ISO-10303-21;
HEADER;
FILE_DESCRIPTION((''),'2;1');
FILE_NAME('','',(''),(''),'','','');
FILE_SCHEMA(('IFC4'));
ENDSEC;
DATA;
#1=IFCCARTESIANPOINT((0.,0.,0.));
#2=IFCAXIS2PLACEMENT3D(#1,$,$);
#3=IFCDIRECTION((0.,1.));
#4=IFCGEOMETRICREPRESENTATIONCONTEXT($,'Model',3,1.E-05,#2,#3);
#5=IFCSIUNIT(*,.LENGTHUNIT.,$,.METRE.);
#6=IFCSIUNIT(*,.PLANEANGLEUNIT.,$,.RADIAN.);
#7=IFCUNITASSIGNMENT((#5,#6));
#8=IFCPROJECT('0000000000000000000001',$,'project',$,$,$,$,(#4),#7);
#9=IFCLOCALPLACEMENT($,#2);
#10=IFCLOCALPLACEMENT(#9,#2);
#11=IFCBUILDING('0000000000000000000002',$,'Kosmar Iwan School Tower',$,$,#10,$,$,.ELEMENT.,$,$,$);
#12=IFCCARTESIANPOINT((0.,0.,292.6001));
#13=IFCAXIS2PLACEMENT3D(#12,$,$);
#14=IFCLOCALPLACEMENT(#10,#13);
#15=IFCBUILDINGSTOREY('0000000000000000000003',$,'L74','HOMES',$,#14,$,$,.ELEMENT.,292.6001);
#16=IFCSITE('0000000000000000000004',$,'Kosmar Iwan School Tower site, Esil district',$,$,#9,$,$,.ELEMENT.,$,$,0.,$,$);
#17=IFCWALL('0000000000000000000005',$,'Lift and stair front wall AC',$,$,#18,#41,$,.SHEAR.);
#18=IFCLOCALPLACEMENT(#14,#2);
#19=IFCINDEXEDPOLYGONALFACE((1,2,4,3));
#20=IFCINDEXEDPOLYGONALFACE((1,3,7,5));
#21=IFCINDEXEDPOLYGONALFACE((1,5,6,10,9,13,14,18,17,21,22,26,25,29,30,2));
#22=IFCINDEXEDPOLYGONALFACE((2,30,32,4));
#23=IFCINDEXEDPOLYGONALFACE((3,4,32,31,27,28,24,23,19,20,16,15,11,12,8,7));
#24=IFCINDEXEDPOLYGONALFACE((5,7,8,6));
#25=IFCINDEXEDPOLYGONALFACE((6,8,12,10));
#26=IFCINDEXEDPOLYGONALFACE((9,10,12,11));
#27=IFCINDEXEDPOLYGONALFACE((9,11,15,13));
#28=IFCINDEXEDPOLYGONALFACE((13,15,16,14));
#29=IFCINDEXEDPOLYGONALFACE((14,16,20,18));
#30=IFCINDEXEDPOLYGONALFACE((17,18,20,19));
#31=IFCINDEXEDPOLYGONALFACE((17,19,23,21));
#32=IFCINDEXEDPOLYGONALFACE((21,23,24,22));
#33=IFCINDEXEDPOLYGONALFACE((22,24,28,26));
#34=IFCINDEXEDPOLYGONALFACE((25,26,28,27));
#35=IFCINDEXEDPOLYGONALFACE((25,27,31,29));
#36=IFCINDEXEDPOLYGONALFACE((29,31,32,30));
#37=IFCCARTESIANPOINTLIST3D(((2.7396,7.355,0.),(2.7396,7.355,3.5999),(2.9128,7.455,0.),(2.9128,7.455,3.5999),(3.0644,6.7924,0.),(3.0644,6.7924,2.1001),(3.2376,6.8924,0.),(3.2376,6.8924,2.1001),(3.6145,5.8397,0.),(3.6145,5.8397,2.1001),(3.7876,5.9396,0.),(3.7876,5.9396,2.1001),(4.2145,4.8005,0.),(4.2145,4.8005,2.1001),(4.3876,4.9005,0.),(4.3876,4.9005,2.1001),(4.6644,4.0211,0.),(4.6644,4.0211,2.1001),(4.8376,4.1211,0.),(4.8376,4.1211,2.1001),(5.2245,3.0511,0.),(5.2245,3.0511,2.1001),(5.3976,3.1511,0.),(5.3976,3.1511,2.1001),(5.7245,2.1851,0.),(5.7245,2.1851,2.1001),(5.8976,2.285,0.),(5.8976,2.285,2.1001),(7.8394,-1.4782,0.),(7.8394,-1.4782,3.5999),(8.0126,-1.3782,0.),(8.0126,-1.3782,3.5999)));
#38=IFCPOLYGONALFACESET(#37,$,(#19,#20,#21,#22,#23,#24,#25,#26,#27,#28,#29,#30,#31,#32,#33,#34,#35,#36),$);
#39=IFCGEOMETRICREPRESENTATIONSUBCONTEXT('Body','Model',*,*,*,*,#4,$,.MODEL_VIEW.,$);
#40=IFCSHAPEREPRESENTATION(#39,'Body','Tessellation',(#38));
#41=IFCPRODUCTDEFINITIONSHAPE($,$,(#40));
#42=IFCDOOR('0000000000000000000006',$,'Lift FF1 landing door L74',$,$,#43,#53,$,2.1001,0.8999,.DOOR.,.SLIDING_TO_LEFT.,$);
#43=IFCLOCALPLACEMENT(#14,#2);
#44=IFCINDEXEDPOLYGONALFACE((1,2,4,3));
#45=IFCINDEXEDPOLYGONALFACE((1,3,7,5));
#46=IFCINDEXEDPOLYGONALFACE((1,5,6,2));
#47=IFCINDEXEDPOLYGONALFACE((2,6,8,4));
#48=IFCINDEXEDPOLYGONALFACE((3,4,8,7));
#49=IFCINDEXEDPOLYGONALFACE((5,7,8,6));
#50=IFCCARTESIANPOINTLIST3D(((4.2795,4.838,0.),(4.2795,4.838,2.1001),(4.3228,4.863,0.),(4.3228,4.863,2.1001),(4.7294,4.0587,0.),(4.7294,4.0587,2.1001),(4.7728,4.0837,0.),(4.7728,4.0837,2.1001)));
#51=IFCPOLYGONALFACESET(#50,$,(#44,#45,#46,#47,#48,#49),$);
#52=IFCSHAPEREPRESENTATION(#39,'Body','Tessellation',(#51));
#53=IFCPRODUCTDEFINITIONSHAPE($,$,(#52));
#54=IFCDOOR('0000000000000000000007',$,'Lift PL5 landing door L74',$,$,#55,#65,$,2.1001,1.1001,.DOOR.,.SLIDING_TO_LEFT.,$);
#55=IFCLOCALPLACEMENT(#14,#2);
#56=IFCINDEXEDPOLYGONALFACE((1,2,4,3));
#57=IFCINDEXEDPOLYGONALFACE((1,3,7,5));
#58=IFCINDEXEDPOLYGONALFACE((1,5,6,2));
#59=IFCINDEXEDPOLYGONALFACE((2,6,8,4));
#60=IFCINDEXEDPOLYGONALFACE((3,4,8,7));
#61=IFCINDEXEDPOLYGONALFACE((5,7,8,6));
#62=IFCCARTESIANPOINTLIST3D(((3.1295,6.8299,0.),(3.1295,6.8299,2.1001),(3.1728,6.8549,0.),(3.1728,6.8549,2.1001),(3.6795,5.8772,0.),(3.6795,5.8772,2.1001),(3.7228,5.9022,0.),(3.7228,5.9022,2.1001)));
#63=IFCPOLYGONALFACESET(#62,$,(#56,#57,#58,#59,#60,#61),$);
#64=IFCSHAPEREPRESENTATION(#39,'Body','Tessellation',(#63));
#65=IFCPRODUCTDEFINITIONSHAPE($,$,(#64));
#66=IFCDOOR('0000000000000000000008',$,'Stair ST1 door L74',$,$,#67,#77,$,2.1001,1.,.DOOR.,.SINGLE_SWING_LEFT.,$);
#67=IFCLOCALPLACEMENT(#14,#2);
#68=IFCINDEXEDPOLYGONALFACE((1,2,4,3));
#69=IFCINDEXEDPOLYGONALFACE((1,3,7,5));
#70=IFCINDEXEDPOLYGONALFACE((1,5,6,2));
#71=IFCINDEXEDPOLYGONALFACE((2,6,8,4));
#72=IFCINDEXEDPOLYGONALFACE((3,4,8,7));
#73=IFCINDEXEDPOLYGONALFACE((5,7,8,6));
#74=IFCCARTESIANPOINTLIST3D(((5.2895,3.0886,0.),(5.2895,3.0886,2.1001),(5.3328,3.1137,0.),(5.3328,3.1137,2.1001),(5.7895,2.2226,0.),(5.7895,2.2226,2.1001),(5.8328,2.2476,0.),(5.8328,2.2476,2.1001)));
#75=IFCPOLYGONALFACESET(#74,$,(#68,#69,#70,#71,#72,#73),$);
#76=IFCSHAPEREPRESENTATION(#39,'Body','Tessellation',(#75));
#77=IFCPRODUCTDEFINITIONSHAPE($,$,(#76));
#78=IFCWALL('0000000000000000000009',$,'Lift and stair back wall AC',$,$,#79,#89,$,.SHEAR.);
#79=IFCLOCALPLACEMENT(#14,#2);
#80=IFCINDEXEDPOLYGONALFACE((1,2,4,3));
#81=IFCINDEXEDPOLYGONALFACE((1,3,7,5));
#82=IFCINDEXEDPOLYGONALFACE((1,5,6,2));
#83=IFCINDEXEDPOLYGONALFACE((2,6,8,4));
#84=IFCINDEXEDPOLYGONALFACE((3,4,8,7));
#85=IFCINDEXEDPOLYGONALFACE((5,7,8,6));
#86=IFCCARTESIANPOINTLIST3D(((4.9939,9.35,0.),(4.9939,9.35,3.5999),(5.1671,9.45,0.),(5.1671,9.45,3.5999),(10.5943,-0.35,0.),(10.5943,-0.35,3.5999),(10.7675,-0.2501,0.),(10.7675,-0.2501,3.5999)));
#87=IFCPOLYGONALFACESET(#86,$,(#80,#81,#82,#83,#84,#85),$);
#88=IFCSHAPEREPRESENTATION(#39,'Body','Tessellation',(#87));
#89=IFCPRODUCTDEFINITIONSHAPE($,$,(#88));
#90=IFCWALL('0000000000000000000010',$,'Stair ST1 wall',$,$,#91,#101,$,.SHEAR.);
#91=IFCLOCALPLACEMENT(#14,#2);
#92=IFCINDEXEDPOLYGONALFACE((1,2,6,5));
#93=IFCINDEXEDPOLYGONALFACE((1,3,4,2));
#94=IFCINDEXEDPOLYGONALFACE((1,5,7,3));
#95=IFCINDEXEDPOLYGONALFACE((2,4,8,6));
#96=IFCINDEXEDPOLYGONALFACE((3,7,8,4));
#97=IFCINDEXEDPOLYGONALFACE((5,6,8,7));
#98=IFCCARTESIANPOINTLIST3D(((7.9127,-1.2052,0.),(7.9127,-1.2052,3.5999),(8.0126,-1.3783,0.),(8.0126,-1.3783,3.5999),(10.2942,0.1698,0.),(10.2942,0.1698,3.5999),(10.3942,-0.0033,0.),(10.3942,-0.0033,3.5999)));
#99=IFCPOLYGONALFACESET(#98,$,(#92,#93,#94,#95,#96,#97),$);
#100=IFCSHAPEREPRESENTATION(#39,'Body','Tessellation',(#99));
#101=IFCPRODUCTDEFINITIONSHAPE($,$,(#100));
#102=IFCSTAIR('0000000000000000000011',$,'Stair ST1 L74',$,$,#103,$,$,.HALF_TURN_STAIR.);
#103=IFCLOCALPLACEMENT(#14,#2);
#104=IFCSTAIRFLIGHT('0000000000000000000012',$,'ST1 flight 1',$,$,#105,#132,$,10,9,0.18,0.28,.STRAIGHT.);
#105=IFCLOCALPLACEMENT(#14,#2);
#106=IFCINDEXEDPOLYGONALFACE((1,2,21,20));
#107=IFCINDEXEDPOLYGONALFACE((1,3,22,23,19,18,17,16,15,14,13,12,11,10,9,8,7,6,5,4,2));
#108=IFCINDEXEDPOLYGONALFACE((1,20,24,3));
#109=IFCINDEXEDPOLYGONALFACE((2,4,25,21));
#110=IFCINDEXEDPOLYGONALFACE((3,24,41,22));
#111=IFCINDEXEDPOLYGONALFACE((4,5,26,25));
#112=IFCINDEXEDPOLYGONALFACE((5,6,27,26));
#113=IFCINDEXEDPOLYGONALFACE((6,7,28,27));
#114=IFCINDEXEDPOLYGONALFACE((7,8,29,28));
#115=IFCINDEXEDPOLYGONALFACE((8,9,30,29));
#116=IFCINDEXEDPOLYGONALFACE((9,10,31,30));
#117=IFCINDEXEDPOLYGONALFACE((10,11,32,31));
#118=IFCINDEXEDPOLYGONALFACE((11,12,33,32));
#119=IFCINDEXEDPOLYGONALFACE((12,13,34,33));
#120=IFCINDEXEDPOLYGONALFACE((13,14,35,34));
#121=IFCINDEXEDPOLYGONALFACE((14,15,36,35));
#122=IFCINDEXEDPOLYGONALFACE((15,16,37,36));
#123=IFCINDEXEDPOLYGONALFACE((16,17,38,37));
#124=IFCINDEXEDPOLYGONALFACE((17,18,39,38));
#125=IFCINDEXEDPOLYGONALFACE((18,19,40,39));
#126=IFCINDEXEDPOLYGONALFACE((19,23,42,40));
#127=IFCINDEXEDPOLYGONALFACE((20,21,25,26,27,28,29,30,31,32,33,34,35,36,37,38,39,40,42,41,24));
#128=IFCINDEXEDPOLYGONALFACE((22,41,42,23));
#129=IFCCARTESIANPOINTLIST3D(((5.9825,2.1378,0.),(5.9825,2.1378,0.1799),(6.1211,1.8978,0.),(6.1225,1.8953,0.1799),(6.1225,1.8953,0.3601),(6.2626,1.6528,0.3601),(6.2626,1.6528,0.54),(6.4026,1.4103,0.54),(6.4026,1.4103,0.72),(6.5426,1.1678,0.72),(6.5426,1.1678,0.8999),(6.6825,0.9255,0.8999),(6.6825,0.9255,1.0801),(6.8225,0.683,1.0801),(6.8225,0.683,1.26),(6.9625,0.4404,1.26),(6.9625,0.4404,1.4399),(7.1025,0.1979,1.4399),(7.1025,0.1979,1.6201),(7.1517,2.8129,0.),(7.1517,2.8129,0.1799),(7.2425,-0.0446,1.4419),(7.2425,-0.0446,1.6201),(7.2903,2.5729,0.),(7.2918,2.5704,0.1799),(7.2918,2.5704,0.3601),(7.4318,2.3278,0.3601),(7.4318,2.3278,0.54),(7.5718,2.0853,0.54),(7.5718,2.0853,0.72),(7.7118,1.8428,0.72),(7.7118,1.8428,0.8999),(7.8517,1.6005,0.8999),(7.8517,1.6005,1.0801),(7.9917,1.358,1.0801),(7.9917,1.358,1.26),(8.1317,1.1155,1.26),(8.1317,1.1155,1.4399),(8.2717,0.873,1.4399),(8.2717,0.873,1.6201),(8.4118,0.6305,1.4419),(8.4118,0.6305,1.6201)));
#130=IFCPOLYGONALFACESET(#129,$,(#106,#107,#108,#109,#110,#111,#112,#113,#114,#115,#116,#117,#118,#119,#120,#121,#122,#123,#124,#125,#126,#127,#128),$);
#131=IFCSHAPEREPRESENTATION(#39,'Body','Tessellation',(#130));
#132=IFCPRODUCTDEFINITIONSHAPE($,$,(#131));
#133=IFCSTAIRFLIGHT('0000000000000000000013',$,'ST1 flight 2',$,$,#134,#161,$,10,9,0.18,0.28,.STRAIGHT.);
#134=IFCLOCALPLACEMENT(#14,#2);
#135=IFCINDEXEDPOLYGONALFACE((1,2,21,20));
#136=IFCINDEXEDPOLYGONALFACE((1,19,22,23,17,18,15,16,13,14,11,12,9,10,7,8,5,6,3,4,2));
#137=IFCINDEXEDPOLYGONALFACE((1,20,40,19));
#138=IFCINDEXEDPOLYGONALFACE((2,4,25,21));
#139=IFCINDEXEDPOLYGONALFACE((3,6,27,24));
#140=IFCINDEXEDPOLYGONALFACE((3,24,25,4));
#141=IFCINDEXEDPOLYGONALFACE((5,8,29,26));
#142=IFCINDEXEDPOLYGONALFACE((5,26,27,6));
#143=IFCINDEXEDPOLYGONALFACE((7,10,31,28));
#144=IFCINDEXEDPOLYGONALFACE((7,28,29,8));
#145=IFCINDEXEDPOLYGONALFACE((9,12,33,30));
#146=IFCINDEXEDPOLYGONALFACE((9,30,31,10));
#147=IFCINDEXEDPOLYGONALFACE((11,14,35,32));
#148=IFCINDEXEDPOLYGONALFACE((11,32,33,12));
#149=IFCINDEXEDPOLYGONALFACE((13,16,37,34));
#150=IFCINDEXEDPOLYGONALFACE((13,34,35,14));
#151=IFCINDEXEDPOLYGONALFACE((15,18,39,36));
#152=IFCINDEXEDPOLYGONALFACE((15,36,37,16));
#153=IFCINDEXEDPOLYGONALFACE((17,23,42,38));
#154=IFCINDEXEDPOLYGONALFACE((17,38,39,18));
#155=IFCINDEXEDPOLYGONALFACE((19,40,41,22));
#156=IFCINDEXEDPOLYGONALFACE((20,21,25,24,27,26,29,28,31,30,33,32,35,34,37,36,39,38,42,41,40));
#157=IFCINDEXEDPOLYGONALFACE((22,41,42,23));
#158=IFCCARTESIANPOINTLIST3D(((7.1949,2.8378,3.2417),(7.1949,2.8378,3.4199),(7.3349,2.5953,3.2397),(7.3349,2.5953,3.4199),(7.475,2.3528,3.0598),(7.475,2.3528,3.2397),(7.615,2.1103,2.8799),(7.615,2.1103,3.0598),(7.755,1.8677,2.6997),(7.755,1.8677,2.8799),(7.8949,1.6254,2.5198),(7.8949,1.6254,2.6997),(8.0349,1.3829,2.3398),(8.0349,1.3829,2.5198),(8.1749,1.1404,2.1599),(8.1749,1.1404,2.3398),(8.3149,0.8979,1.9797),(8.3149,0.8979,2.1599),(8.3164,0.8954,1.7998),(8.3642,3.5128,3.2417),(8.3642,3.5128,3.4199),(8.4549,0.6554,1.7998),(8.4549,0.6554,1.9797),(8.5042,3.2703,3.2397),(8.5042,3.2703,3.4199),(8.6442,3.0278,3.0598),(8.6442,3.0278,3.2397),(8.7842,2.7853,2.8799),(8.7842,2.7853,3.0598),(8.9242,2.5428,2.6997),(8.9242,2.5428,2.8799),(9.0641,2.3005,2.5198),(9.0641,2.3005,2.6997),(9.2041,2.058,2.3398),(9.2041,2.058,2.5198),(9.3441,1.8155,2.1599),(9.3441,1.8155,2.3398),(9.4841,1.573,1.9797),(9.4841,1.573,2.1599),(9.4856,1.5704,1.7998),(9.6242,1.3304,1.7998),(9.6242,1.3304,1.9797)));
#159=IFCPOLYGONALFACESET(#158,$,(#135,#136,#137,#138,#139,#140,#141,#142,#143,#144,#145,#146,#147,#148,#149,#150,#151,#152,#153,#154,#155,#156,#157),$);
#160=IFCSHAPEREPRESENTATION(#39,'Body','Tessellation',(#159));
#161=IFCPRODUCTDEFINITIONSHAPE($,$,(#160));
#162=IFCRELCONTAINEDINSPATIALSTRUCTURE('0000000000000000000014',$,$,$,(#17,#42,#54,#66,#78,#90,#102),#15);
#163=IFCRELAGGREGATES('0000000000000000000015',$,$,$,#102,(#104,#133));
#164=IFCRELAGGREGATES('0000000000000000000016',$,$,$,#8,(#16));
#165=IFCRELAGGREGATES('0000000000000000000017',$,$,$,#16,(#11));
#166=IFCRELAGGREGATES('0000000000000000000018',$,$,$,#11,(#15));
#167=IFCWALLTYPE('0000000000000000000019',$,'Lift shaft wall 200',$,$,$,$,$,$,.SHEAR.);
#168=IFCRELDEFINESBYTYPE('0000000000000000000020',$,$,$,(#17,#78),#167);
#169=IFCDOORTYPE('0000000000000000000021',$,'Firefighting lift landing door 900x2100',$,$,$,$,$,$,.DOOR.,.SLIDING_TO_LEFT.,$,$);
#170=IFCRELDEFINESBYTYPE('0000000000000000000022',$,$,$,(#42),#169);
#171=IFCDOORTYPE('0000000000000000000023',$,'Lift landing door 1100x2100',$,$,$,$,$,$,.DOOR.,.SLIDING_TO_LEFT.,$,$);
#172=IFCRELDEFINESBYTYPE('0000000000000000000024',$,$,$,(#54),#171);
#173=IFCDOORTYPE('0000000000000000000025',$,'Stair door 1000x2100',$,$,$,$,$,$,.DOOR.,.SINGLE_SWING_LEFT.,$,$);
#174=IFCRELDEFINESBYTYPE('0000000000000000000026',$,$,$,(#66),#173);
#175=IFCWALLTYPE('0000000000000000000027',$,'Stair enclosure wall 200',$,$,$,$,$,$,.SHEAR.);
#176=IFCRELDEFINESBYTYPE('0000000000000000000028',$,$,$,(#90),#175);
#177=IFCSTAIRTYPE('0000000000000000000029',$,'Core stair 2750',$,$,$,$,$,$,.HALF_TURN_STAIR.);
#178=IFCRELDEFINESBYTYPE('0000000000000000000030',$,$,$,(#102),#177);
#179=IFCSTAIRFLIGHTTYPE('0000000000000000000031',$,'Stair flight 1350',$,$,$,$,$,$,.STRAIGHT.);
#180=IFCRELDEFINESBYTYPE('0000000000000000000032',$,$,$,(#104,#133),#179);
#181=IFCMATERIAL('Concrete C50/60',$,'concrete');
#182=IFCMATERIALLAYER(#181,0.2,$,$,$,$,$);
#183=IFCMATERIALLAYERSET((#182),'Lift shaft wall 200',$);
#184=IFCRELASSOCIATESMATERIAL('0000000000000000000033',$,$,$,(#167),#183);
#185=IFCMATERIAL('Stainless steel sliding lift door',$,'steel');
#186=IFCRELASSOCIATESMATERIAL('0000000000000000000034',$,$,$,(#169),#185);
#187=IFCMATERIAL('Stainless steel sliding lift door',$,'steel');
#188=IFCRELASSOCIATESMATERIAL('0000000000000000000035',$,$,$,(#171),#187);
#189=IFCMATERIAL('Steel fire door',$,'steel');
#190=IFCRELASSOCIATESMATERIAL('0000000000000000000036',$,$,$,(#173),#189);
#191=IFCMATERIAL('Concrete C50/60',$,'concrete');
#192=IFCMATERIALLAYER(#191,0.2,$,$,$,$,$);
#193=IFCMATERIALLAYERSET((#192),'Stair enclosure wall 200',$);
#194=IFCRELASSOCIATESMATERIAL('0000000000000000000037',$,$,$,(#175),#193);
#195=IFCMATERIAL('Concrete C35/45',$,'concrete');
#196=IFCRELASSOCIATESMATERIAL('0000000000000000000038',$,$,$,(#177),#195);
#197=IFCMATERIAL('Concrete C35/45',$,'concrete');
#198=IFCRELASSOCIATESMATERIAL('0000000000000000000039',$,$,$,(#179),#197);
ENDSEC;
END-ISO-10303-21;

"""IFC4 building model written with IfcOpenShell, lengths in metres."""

from ifc_helpers import new_model, si_unit, direction, frame, frame_2d, origin, place, context, subcontext, project, spatial, polyline, rectangle, outline, extrude, material, layer, layer_set, type_object, element, fill, aggregate, save


model = new_model("IFC4")

# Units and contexts
model_context = context("Model", 3, precision=1e-05, world=origin(), true_north=direction((0.0, 1.0)))
body_context = subcontext(model_context, "Body", "Model", "MODEL_VIEW")
ifc_project = project(units=[si_unit("LENGTHUNIT", "METRE"), si_unit("PLANEANGLEUNIT", "RADIAN")], contexts=[model_context])

# Site, building, storey
site_placement = place(None, origin())
site = spatial("IfcSite", under=ifc_project, at=site_placement, Name="Kosmar Iwan School Tower site, Esil district", CompositionType="ELEMENT", RefElevation=0.0)
building_placement = place(site_placement, origin())
building = spatial("IfcBuilding", under=site, at=building_placement, Name="Kosmar Iwan School Tower", CompositionType="ELEMENT")
storey_placement = place(building_placement, frame((0.0, 0.0, 292.6001)))
storey = spatial("IfcBuildingStorey", under=building, at=storey_placement, Name="L74", Description="HOMES", CompositionType="ELEMENT", Elevation=292.6001)

# Wall, openings, doors
ifc_material_1 = material(Name="Concrete C50/60", Category="concrete")
ifc_layer_1 = layer(ifc_material_1, 0.2)
ifc_layer_set_1 = layer_set([ifc_layer_1], Name="Lift shaft wall 200")
wall_type_1 = type_object("IfcWallType", Name="Lift shaft wall 200", PredefinedType="SHEAR", material=ifc_layer_set_1)
wall_1_placement = place(storey_placement, frame((7.926, -1.4282, 0.0), z_axis=(0.0, 0.0, 1.0), x_axis=(-0.499998, 0.866027, 0.0)))
wall_1 = element("IfcWall", 1, at=wall_1_placement, inside=storey, type_object=wall_type_1, Name="Lift and stair front wall AC", PredefinedType="SHEAR", context=body_context, shape_type="SweptSolid", body=[
    extrude(rectangle(XDim=10.1997, YDim=0.2, at=frame_2d((5.0999, 0.0))), origin(), (0.0, 0.0, 1.0), 3.5999),
])
opening_1_placement = place(wall_1_placement, frame((6.3501, 0.0, 0.0)))
opening_1 = element("IfcOpeningElement", 2, at=opening_1_placement, cuts=wall_1, PredefinedType="OPENING", context=body_context, shape_type="SweptSolid", body=[
    extrude(rectangle(XDim=0.8999, YDim=2.1001, at=frame_2d((0.45, 1.05))), frame((0.0, 0.1121, 0.0), z_axis=(0.0, -1.0, 0.0), x_axis=(1.0, 0.0, 0.0)), (0.0, 0.0, 1.0), 0.2239),
])
opening_2_placement = place(wall_1_placement, frame((8.45, 0.0, 0.0)))
opening_2 = element("IfcOpeningElement", 3, at=opening_2_placement, cuts=wall_1, PredefinedType="OPENING", context=body_context, shape_type="SweptSolid", body=[
    extrude(rectangle(XDim=1.1001, YDim=2.1001, at=frame_2d((0.55, 1.05))), frame((0.0, 0.1121, 0.0), z_axis=(0.0, -1.0, 0.0), x_axis=(1.0, 0.0, 0.0)), (0.0, 0.0, 1.0), 0.2239),
])
opening_3_placement = place(wall_1_placement, frame((4.23, 0.0, 0.0)))
opening_3 = element("IfcOpeningElement", 4, at=opening_3_placement, cuts=wall_1, PredefinedType="OPENING", context=body_context, shape_type="SweptSolid", body=[
    extrude(rectangle(XDim=1.0, YDim=2.1001, at=frame_2d((0.5, 1.05))), frame((0.0, 0.1121, 0.0), z_axis=(0.0, -1.0, 0.0), x_axis=(1.0, 0.0, 0.0)), (0.0, 0.0, 1.0), 0.2239),
])
ifc_material_2 = material(Name="Stainless steel sliding lift door", Category="steel")
door_type_1 = type_object("IfcDoorType", Name="Firefighting lift landing door 900x2100", OperationType="SLIDING_TO_LEFT", PredefinedType="DOOR", material=ifc_material_2)
door_1_placement = place(opening_1_placement, origin())
door_1 = element("IfcDoor", 5, at=door_1_placement, inside=storey, type_object=door_type_1, Name="Lift FF1 landing door L74", OperationType="SLIDING_TO_LEFT", OverallHeight=2.1001, OverallWidth=0.8999, PredefinedType="DOOR", context=body_context, shape_type="SweptSolid", body=[
    extrude(rectangle(XDim=0.8999, YDim=2.1001, at=frame_2d((0.45, 1.05))), frame((0.0, 0.0249, 0.0), z_axis=(0.0, -1.0, 0.0), x_axis=(1.0, 0.0, 0.0)), (0.0, 0.0, 1.0), 0.05),
])
fill(opening_1, door_1)
ifc_material_3 = material(Name="Stainless steel sliding lift door", Category="steel")
door_type_2 = type_object("IfcDoorType", Name="Lift landing door 1100x2100", OperationType="SLIDING_TO_LEFT", PredefinedType="DOOR", material=ifc_material_3)
door_2_placement = place(opening_2_placement, origin())
door_2 = element("IfcDoor", 6, at=door_2_placement, inside=storey, type_object=door_type_2, Name="Lift PL5 landing door L74", OperationType="SLIDING_TO_LEFT", OverallHeight=2.1001, OverallWidth=1.1001, PredefinedType="DOOR", context=body_context, shape_type="SweptSolid", body=[
    extrude(rectangle(XDim=1.1001, YDim=2.1001, at=frame_2d((0.55, 1.05))), frame((0.0, 0.0249, 0.0), z_axis=(0.0, -1.0, 0.0), x_axis=(1.0, 0.0, 0.0)), (0.0, 0.0, 1.0), 0.05),
])
fill(opening_2, door_2)
ifc_material_4 = material(Name="Steel fire door", Category="steel")
door_type_3 = type_object("IfcDoorType", Name="Stair door 1000x2100", OperationType="SINGLE_SWING_LEFT", PredefinedType="DOOR", material=ifc_material_4)
door_3_placement = place(opening_3_placement, origin())
door_3 = element("IfcDoor", 7, at=door_3_placement, inside=storey, type_object=door_type_3, Name="Stair ST1 door L74", OperationType="SINGLE_SWING_LEFT", OverallHeight=2.1001, OverallWidth=1.0, PredefinedType="DOOR", context=body_context, shape_type="SweptSolid", body=[
    extrude(rectangle(XDim=1.0, YDim=2.1001, at=frame_2d((0.5, 1.05))), frame((0.0, 0.0249, 0.0), z_axis=(0.0, -1.0, 0.0), x_axis=(1.0, 0.0, 0.0)), (0.0, 0.0, 1.0), 0.05),
])
fill(opening_3, door_3)

# Walls
wall_2_placement = place(storey_placement, frame((10.6809, -0.3, 0.0), z_axis=(0.0, 0.0, 1.0), x_axis=(-0.500005, 0.866023, 0.0)))
element("IfcWall", 8, at=wall_2_placement, inside=storey, type_object=wall_type_1, Name="Lift and stair back wall AC", PredefinedType="SHEAR", context=body_context, shape_type="SweptSolid", body=[
    extrude(rectangle(XDim=11.2007, YDim=0.2, at=frame_2d((5.6003, 0.0))), origin(), (0.0, 0.0, 1.0), 3.5999),
])
ifc_material_5 = material(Name="Concrete C50/60", Category="concrete")
ifc_layer_2 = layer(ifc_material_5, 0.2)
ifc_layer_set_2 = layer_set([ifc_layer_2], Name="Stair enclosure wall 200")
wall_type_2 = type_object("IfcWallType", Name="Stair enclosure wall 200", PredefinedType="SHEAR", material=ifc_layer_set_2)
wall_3_placement = place(storey_placement, frame((7.9626, -1.2917, 0.0), z_axis=(0.0, 0.0, 1.0), x_axis=(0.866027, 0.499997, 0.0)))
element("IfcWall", 9, at=wall_3_placement, inside=storey, type_object=wall_type_2, Name="Stair ST1 wall", PredefinedType="SHEAR", context=body_context, shape_type="SweptSolid", body=[
    extrude(rectangle(XDim=2.75, YDim=0.2, at=frame_2d((1.375, 0.0))), origin(), (0.0, 0.0, 1.0), 3.5999),
])

# Stair, stair flights
ifc_material_6 = material(Name="Concrete C35/45", Category="concrete")
stair_type = type_object("IfcStairType", Name="Core stair 2750", PredefinedType="HALF_TURN_STAIR", material=ifc_material_6)
stair_placement = place(storey_placement, origin())
stair = element("IfcStair", 10, at=stair_placement, inside=storey, type_object=stair_type, Name="Stair ST1 L74", PredefinedType="HALF_TURN_STAIR")
ifc_material_7 = material(Name="Concrete C35/45", Category="concrete")
stair_flight_type = type_object("IfcStairFlightType", Name="Stair flight 1350", PredefinedType="STRAIGHT", material=ifc_material_7)
stair_flight_1_placement = place(storey_placement, frame((6.5671, 2.4753, 0.0), z_axis=(0.0, 0.0, 1.0), x_axis=(0.5, -0.866025, 0.0)))
stair_flight_1 = element("IfcStairFlight", 11, at=stair_flight_1_placement, type_object=stair_flight_type, Name="ST1 flight 1", NumberOfRisers=10, NumberOfTreads=9, PredefinedType="STRAIGHT", RiserHeight=0.18, TreadLength=0.28, context=body_context, shape_type="SweptSolid", body=[
    extrude(outline(polyline([(0.0, 0.0), (0.0, 0.1799), (0.28, 0.1799), (0.28, 0.3601), (0.5601, 0.3601), (0.5601, 0.54), (0.8401, 0.54), (0.8401, 0.72), (1.1201, 0.72), (1.1201, 0.8999), (1.3999, 0.8999), (1.3999, 1.0801), (1.6799, 1.0801), (1.6799, 1.26), (1.96, 1.26), (1.96, 1.4399), (2.24, 1.4399), (2.24, 1.6201), (2.52, 1.6201), (2.52, 1.8), (2.52, 1.4419), (0.2771, 0.0), (0.0, 0.0)])), frame((0.0, 0.675, 0.0), z_axis=(0.0, -1.0, 0.0), x_axis=(1.0, 0.0, 0.0)), (0.0, 0.0, 1.0), 1.3501),
])
stair_flight_2_placement = place(storey_placement, frame((9.0396, 0.9929, 1.7998), z_axis=(0.0, 0.0, 1.0), x_axis=(-0.5, 0.866025, 0.0)))
stair_flight_2 = element("IfcStairFlight", 12, at=stair_flight_2_placement, type_object=stair_flight_type, Name="ST1 flight 2", NumberOfRisers=10, NumberOfTreads=9, PredefinedType="STRAIGHT", RiserHeight=0.18, TreadLength=0.28, context=body_context, shape_type="SweptSolid", body=[
    extrude(outline(polyline([(0.0, 0.0), (0.0, 0.1799), (0.28, 0.1799), (0.28, 0.3601), (0.5601, 0.3601), (0.5601, 0.54), (0.8401, 0.54), (0.8401, 0.72), (1.1201, 0.72), (1.1201, 0.8999), (1.3999, 0.8999), (1.3999, 1.0801), (1.6799, 1.0801), (1.6799, 1.26), (1.96, 1.26), (1.96, 1.4399), (2.24, 1.4399), (2.24, 1.6201), (2.52, 1.6201), (2.52, 1.8), (2.52, 1.4419), (0.2771, 0.0), (0.0, 0.0)])), frame((0.0, 0.675, 0.0), z_axis=(0.0, -1.0, 0.0), x_axis=(1.0, 0.0, 0.0)), (0.0, 0.0, 1.0), 1.3501),
])
aggregate(stair, [stair_flight_1, stair_flight_2])

save(model, "model.ifc")
